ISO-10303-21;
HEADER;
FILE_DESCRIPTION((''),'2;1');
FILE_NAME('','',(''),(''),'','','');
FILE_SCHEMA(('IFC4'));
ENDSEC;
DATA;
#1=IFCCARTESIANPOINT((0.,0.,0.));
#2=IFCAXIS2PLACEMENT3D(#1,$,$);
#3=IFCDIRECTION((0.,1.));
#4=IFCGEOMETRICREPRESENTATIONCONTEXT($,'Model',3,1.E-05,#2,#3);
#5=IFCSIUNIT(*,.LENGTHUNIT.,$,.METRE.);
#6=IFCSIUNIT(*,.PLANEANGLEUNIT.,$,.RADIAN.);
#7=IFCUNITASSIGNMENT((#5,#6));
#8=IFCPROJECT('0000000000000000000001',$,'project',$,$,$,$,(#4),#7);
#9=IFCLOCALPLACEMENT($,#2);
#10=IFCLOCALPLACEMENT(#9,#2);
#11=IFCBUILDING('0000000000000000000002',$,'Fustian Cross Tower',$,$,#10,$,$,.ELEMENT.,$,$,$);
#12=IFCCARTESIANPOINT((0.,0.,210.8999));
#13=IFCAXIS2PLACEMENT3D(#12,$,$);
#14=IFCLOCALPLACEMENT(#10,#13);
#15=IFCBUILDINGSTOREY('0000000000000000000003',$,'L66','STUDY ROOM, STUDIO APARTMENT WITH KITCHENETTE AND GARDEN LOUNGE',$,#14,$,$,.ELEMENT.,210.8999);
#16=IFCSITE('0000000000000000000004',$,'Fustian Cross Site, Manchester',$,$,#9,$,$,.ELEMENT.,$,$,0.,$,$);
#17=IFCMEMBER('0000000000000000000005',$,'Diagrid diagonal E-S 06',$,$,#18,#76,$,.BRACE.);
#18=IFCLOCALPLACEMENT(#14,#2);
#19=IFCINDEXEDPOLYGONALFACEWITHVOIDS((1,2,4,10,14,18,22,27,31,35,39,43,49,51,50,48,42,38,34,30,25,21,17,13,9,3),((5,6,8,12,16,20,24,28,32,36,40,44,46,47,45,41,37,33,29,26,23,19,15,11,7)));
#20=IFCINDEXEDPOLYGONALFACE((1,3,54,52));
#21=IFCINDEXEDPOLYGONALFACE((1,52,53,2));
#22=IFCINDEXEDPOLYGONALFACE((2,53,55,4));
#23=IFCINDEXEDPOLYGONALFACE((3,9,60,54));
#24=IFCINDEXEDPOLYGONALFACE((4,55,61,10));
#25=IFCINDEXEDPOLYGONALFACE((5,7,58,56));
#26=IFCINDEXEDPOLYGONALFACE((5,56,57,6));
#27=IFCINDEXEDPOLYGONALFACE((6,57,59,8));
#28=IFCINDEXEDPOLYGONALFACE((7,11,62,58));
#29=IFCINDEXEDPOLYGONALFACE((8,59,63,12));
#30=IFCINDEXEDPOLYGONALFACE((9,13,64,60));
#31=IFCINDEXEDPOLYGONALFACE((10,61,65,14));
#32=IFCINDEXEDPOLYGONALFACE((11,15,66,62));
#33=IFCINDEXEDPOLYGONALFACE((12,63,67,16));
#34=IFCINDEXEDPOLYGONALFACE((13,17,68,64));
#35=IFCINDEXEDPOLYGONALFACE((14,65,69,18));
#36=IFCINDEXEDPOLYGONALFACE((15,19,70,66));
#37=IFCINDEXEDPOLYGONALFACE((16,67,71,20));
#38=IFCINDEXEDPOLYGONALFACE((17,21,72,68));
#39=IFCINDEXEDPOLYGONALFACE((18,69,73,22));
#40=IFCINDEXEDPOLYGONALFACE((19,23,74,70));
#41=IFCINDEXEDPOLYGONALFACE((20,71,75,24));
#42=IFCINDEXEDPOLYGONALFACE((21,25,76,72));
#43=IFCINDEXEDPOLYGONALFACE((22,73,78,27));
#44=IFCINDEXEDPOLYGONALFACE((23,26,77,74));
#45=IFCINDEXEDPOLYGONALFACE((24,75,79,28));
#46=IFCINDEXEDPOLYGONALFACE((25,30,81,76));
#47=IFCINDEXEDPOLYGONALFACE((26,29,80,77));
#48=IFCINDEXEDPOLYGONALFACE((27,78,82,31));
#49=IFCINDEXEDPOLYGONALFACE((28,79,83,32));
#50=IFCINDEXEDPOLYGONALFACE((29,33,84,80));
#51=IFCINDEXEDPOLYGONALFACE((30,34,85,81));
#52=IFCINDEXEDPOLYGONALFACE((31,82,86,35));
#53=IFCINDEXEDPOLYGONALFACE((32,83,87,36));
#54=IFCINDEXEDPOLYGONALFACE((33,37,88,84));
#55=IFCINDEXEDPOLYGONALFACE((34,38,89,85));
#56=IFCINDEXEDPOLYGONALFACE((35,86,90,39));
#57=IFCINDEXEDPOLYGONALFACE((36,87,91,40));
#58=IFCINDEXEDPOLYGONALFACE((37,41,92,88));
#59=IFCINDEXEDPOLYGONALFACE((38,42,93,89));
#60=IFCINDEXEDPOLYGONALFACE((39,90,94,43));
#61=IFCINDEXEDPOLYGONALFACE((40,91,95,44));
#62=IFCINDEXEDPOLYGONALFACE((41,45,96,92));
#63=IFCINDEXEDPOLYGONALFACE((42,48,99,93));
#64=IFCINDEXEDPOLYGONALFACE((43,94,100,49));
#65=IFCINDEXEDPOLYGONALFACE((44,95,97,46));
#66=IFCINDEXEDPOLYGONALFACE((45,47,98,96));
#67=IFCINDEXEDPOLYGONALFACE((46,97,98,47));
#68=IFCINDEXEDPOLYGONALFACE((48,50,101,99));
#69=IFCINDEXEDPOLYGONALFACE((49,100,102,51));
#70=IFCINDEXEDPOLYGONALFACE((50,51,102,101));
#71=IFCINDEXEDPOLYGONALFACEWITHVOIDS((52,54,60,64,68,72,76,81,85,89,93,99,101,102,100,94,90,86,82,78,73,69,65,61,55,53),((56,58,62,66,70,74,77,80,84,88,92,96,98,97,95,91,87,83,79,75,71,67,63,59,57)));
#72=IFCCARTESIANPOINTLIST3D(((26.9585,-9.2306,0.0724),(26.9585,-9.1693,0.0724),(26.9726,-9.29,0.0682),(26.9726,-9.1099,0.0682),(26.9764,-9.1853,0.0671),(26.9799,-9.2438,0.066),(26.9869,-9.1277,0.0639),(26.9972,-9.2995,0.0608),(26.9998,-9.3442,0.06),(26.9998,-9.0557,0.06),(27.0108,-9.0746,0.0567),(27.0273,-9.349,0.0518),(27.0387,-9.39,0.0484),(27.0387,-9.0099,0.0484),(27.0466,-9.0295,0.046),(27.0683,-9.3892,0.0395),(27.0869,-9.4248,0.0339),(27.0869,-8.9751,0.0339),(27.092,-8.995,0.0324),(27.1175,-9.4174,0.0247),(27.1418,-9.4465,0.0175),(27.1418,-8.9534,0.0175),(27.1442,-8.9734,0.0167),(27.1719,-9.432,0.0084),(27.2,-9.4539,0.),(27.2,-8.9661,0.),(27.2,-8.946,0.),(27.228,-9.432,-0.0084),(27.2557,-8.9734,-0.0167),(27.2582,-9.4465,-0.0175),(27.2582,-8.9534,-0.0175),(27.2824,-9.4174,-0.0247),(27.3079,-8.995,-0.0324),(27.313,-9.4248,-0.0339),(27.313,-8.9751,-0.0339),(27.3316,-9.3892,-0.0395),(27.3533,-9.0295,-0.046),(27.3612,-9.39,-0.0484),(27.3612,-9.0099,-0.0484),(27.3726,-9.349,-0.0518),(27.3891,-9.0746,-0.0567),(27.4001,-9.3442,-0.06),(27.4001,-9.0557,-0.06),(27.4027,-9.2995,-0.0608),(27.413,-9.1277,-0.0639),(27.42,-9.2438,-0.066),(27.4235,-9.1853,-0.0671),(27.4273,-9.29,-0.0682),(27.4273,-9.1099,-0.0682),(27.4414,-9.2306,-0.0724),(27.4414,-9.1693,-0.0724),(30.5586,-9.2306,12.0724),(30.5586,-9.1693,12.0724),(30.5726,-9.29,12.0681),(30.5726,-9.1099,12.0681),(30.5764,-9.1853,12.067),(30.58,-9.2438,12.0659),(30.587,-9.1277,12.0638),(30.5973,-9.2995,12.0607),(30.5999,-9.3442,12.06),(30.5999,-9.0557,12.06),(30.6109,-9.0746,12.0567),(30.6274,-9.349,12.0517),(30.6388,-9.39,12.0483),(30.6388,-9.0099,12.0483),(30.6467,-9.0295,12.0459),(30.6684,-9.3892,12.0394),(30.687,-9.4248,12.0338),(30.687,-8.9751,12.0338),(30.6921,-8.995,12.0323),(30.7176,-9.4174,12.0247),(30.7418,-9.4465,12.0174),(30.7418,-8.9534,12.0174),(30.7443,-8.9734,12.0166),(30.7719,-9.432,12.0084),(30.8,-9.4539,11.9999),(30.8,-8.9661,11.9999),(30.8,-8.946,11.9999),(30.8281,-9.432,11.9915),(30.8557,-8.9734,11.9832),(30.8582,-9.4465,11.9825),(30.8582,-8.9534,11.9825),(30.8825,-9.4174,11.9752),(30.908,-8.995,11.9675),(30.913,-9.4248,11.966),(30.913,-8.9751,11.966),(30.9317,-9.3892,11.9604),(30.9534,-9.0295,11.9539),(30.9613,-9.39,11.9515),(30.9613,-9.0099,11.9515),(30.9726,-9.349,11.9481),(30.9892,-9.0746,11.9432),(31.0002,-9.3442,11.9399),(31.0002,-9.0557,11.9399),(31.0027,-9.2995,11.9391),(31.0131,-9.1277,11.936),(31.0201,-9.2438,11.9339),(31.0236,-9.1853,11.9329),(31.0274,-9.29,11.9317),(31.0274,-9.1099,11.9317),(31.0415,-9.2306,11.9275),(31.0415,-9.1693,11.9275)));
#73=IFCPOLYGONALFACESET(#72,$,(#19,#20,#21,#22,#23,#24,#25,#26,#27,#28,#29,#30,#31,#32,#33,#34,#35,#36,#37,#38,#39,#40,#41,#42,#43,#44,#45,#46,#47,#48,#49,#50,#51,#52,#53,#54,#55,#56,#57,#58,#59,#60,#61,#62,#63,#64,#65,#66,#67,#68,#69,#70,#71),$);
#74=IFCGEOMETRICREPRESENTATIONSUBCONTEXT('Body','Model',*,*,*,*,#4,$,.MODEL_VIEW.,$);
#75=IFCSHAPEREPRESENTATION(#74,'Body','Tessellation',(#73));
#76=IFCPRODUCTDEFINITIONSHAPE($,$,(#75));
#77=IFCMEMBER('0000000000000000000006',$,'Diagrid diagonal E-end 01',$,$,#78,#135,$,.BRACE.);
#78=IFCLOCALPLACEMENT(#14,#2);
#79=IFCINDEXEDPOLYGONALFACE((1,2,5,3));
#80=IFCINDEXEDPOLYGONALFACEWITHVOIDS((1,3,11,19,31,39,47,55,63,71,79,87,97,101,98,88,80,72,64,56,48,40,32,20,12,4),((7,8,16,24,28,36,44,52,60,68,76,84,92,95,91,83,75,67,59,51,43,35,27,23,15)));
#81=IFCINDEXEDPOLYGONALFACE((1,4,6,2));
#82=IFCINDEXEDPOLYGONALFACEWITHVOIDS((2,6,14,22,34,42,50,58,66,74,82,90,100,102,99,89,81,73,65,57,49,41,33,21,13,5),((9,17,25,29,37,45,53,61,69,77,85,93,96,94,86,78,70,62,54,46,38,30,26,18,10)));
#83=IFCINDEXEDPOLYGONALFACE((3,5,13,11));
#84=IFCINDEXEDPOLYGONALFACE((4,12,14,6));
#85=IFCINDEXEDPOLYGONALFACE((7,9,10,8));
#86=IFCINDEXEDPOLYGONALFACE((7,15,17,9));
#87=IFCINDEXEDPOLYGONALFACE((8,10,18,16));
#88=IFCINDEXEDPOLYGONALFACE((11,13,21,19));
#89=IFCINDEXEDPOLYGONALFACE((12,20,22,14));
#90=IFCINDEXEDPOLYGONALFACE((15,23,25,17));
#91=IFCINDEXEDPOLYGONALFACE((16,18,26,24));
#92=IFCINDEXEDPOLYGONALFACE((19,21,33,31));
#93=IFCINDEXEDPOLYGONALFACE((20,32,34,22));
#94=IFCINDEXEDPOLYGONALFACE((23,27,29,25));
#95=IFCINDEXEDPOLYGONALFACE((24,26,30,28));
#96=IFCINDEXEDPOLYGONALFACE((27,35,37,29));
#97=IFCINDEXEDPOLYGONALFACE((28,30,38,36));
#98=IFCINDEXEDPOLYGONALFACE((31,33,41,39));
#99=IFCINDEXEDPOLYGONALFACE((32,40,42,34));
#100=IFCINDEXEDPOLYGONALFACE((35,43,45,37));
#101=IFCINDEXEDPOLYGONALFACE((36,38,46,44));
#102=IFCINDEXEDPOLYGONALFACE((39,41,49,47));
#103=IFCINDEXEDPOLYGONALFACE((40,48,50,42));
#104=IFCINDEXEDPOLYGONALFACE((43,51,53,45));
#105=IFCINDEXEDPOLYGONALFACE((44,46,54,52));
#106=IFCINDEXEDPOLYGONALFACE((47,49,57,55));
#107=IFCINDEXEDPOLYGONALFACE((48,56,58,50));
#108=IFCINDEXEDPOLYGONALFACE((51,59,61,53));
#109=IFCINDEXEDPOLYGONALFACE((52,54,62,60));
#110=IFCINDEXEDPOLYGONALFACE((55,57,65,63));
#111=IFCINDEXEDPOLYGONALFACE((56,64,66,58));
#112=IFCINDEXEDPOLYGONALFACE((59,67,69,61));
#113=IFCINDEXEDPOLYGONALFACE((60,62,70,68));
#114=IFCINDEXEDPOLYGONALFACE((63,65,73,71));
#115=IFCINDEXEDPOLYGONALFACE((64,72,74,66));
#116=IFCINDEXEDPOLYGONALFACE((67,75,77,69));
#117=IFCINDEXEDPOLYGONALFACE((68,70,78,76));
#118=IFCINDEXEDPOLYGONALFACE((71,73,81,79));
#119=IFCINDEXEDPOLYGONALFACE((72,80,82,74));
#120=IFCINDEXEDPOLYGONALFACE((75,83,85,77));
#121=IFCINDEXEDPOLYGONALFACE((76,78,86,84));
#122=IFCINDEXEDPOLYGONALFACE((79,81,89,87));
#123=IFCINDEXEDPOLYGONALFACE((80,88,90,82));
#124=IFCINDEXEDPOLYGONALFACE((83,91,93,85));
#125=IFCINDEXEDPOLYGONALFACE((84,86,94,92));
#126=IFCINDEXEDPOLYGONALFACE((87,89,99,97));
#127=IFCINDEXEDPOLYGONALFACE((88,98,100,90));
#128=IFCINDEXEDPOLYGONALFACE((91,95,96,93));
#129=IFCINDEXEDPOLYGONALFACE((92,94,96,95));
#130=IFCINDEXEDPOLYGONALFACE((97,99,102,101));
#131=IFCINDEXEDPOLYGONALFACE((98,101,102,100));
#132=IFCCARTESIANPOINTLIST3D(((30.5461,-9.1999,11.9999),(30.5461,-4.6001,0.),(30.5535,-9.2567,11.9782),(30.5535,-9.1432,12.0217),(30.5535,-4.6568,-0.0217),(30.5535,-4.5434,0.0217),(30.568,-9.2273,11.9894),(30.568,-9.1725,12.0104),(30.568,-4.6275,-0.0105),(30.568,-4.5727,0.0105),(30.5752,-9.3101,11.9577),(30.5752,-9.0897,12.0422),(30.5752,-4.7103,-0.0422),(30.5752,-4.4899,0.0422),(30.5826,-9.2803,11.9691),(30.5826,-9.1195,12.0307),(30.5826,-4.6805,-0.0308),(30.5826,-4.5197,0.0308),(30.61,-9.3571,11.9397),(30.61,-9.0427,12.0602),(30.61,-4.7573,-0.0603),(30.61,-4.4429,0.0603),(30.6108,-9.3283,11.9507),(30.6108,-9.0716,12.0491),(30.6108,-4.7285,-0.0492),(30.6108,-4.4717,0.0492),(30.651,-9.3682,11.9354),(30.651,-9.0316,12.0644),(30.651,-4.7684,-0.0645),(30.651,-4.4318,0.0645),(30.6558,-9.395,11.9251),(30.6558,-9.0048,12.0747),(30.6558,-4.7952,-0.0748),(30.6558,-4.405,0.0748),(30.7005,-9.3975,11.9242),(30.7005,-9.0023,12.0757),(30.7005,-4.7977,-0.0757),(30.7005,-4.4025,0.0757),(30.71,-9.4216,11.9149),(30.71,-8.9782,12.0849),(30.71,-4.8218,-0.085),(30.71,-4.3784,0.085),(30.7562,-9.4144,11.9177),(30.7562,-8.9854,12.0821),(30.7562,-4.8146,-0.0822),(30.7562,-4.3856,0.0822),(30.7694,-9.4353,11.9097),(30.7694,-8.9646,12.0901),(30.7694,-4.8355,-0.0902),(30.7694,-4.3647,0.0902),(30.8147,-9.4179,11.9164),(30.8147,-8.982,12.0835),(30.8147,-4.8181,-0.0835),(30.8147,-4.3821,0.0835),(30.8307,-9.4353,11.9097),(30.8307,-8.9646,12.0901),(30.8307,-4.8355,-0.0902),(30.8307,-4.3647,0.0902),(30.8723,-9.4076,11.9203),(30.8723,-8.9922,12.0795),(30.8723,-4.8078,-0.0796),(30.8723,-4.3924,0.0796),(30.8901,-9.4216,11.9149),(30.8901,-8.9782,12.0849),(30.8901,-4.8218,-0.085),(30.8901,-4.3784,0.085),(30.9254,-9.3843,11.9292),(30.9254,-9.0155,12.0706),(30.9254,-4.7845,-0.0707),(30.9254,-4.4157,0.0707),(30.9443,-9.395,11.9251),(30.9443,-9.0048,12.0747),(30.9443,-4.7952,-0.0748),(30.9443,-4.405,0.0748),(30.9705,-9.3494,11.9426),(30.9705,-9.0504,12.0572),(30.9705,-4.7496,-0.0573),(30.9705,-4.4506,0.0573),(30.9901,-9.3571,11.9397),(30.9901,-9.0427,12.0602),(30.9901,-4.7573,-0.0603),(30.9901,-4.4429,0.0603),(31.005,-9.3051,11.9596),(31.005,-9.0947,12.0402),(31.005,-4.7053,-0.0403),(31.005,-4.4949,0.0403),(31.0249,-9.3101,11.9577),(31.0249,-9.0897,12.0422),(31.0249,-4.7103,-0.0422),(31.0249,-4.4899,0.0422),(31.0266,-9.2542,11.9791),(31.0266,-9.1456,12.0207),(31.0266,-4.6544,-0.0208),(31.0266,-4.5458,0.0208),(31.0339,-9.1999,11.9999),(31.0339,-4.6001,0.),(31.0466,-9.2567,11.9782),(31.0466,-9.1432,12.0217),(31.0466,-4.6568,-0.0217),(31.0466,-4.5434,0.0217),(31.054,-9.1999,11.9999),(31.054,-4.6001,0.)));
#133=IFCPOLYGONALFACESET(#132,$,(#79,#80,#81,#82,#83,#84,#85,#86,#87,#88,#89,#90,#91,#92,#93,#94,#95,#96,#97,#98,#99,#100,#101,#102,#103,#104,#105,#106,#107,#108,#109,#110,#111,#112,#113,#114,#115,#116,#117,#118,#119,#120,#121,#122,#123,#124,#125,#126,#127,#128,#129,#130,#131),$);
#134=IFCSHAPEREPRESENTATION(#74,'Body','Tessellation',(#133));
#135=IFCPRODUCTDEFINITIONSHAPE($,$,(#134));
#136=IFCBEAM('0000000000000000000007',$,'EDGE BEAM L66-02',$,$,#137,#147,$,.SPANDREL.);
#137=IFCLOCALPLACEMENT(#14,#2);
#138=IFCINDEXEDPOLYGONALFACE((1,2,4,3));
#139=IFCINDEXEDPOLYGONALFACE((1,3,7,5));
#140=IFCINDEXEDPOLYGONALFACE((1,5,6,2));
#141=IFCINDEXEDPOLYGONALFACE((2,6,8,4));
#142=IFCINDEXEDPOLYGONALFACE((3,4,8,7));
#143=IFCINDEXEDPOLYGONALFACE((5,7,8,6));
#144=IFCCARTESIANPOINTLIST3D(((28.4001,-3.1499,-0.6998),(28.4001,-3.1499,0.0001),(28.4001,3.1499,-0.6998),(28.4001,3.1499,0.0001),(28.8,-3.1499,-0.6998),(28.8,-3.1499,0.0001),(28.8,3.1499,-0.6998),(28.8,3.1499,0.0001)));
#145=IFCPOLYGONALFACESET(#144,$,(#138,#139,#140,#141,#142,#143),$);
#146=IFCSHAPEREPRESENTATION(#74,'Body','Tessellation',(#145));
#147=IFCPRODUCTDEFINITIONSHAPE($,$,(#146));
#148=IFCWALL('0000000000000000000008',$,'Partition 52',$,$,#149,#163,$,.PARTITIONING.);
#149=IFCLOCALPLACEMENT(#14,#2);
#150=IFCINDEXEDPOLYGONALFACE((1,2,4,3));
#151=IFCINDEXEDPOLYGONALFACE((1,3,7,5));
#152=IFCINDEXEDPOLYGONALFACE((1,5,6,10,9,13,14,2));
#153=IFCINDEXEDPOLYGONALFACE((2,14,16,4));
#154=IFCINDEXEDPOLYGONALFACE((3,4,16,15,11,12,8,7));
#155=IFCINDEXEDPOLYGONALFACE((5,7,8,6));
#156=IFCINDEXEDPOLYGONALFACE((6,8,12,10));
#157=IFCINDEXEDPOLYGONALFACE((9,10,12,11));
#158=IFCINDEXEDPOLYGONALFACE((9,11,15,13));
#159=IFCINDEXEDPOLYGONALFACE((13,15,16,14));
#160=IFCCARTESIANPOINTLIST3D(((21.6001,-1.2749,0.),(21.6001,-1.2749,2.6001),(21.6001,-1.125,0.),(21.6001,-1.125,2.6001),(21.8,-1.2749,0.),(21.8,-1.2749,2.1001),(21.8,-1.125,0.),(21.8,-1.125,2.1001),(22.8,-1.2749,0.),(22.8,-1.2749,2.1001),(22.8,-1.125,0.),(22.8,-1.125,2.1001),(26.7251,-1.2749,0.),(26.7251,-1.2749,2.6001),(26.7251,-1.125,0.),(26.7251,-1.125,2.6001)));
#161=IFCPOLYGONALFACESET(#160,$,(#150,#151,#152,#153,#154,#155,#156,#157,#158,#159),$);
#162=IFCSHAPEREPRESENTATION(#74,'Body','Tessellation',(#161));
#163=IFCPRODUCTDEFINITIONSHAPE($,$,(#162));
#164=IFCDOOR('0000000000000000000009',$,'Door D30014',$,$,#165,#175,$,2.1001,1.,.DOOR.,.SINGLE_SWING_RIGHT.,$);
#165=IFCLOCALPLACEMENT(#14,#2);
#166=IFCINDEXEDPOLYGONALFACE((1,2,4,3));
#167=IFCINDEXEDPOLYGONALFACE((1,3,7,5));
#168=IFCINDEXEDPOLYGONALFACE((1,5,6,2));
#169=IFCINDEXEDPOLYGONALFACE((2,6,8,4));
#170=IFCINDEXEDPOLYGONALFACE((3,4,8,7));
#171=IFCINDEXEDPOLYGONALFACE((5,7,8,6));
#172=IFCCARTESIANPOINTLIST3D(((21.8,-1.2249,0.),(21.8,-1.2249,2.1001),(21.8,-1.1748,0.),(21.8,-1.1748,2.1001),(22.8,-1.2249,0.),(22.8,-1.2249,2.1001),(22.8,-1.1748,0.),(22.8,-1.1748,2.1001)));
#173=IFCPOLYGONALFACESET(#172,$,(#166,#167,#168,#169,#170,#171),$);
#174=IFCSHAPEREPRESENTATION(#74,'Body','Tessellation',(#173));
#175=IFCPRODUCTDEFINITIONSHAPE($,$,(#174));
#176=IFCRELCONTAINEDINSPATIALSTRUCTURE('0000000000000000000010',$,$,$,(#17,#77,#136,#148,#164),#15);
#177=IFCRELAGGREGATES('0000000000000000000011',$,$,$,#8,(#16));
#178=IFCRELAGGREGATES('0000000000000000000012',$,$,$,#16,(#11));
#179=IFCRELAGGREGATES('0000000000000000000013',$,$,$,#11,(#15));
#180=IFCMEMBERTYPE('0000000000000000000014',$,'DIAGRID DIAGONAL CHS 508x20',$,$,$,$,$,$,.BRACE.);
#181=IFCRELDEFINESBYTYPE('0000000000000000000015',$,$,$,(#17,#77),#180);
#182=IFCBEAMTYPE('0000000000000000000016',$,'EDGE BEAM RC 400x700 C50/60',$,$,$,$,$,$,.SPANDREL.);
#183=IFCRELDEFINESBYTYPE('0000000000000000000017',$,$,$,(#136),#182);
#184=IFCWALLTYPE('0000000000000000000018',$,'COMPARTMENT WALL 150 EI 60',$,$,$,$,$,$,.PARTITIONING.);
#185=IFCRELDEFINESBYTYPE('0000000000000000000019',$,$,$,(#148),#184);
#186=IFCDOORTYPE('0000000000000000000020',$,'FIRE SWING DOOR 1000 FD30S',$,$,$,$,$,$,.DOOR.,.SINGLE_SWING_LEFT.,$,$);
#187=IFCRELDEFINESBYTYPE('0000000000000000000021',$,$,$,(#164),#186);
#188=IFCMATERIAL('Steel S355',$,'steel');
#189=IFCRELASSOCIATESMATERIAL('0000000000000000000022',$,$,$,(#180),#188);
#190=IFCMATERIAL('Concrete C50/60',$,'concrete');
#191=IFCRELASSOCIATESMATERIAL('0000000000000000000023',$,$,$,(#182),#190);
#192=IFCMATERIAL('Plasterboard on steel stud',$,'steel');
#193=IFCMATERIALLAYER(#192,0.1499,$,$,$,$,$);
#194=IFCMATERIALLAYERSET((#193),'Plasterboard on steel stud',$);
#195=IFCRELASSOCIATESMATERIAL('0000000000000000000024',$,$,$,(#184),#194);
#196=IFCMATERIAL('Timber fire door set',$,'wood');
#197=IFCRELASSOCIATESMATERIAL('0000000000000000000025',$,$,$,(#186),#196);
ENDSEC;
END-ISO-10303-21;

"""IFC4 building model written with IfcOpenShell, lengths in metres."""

from ifc_helpers import new_model, si_unit, direction, frame, frame_2d, origin, origin_2d, place, context, subcontext, project, spatial, rectangle, hollow_circle, extrude, material, layer, layer_set, material_profile, profile_set, type_object, element, fill, save


model = new_model("IFC4")

# Units and contexts
model_context = context("Model", 3, precision=1e-05, world=origin(), true_north=direction((0.0, 1.0)))
body_context = subcontext(model_context, "Body", "Model", "MODEL_VIEW")
ifc_project = project(units=[si_unit("LENGTHUNIT", "METRE"), si_unit("PLANEANGLEUNIT", "RADIAN")], contexts=[model_context])

# Site, building, storey
site_placement = place(None, origin())
site = spatial("IfcSite", under=ifc_project, at=site_placement, Name="Fustian Cross Site, Manchester", CompositionType="ELEMENT", RefElevation=0.0)
building_placement = place(site_placement, origin())
building = spatial("IfcBuilding", under=site, at=building_placement, Name="Fustian Cross Tower", CompositionType="ELEMENT")
storey_placement = place(building_placement, frame((0.0, 0.0, 210.8999)))
storey = spatial("IfcBuildingStorey", under=building, at=storey_placement, Name="L66", Description="STUDY ROOM, STUDIO APARTMENT WITH KITCHENETTE AND GARDEN LOUNGE", CompositionType="ELEMENT", Elevation=210.8999)

# Members
ifc_material_1 = material(Name="Steel S355", Category="steel")
ifc_material_profile_1 = material_profile(ifc_material_1, hollow_circle(Radius=0.2539, WallThickness=0.02, at=origin_2d()), Name="CHS 508x20")
ifc_profile_set_1 = profile_set([ifc_material_profile_1], Name="Steel S355")
member_type_1 = type_object("IfcMemberType", Name="DIAGRID DIAGONAL CHS 508x20", PredefinedType="BRACE", material=ifc_profile_set_1)
member_1_placement = place(storey_placement, frame((27.2, -9.2, 0.0), z_axis=(0.287355, 0.0, 0.957824), x_axis=(0.0, 1.0, 0.0)))
element("IfcMember", 1, at=member_1_placement, inside=storey, type_object=member_type_1, Name="Diagrid diagonal E-S 06", PredefinedType="BRACE", context=body_context, shape_type="SweptSolid", body=[
    extrude(hollow_circle(Radius=0.2539, WallThickness=0.02, at=origin_2d()), origin(), (0.0, 0.0, 1.0), 12.5283),
])
member_2_placement = place(storey_placement, frame((30.8, -4.6001, 0.0), z_axis=(0.0, -0.357926, 0.93375), x_axis=(1.0, 0.0, 0.0)))
element("IfcMember", 2, at=member_2_placement, inside=storey, type_object=member_type_1, Name="Diagrid diagonal E-end 01", PredefinedType="BRACE", context=body_context, shape_type="SweptSolid", body=[
    extrude(hollow_circle(Radius=0.2539, WallThickness=0.02, at=origin_2d()), origin(), (0.0, 0.0, 1.0), 12.8513),
])

# Beam
ifc_material_2 = material(Name="Concrete C50/60", Category="concrete")
ifc_material_profile_2 = material_profile(ifc_material_2, rectangle(XDim=0.3999, YDim=0.7, at=origin_2d()), Name="RC 400x700")
ifc_profile_set_2 = profile_set([ifc_material_profile_2], Name="Concrete C50/60")
beam_type = type_object("IfcBeamType", Name="EDGE BEAM RC 400x700 C50/60", PredefinedType="SPANDREL", material=ifc_profile_set_2)
beam_placement = place(storey_placement, frame((28.6001, -3.1499, -0.3499), z_axis=(0.0, 1.0, 0.0), x_axis=(-1.0, 0.0, 0.0)))
element("IfcBeam", 3, at=beam_placement, inside=storey, type_object=beam_type, Name="EDGE BEAM L66-02", PredefinedType="SPANDREL", context=body_context, shape_type="SweptSolid", body=[
    extrude(rectangle(XDim=0.3999, YDim=0.7, at=origin_2d()), origin(), (0.0, 0.0, 1.0), 6.2998),
])

# Wall, opening, door
ifc_material_3 = material(Name="Plasterboard on steel stud", Category="steel")
ifc_layer_1 = layer(ifc_material_3, 0.1499)
ifc_layer_set_1 = layer_set([ifc_layer_1], Name="Plasterboard on steel stud")
wall_type_1 = type_object("IfcWallType", Name="COMPARTMENT WALL 150 EI 60", PredefinedType="PARTITIONING", material=ifc_layer_set_1)
wall_1_placement = place(storey_placement, frame((21.6001, -1.2, 0.0), z_axis=(0.0, 0.0, 1.0), x_axis=(1.0, 0.0, 0.0)))
wall_1 = element("IfcWall", 4, at=wall_1_placement, inside=storey, type_object=wall_type_1, Name="Partition 52", PredefinedType="PARTITIONING", context=body_context, shape_type="SweptSolid", body=[
    extrude(rectangle(XDim=5.125, YDim=0.1499, at=frame_2d((2.5625, 0.0))), origin(), (0.0, 0.0, 1.0), 2.6001),
])
opening_1_placement = place(wall_1_placement, frame((0.2, 0.0, 0.0)))
opening_1 = element("IfcOpeningElement", 5, at=opening_1_placement, cuts=wall_1, PredefinedType="OPENING", context=body_context, shape_type="SweptSolid", body=[
    extrude(rectangle(XDim=1.0, YDim=2.1001, at=frame_2d((0.5, 1.05))), frame((0.0, 0.085, 0.0), z_axis=(0.0, -1.0, 0.0), x_axis=(1.0, 0.0, 0.0)), (0.0, 0.0, 1.0), 0.1699),
])
ifc_material_4 = material(Name="Timber fire door set", Category="wood")
door_type_1 = type_object("IfcDoorType", Name="FIRE SWING DOOR 1000 FD30S", OperationType="SINGLE_SWING_LEFT", PredefinedType="DOOR", material=ifc_material_4)
door_1_placement = place(opening_1_placement, frame((1.0, 0.0, 0.0), z_axis=(0.0, 0.0, 1.0), x_axis=(-1.0, 0.0, 0.0)))
door_1 = element("IfcDoor", 6, at=door_1_placement, inside=storey, type_object=door_type_1, Name="Door D30014", OperationType="SINGLE_SWING_RIGHT", OverallHeight=2.1001, OverallWidth=1.0, PredefinedType="DOOR", context=body_context, shape_type="SweptSolid", body=[
    extrude(rectangle(XDim=1.0, YDim=2.1001, at=frame_2d((0.5, 1.05))), frame((0.0, 0.0249, 0.0), z_axis=(0.0, -1.0, 0.0), x_axis=(1.0, 0.0, 0.0)), (0.0, 0.0, 1.0), 0.05),
])
fill(opening_1, door_1)

save(model, "model.ifc")
